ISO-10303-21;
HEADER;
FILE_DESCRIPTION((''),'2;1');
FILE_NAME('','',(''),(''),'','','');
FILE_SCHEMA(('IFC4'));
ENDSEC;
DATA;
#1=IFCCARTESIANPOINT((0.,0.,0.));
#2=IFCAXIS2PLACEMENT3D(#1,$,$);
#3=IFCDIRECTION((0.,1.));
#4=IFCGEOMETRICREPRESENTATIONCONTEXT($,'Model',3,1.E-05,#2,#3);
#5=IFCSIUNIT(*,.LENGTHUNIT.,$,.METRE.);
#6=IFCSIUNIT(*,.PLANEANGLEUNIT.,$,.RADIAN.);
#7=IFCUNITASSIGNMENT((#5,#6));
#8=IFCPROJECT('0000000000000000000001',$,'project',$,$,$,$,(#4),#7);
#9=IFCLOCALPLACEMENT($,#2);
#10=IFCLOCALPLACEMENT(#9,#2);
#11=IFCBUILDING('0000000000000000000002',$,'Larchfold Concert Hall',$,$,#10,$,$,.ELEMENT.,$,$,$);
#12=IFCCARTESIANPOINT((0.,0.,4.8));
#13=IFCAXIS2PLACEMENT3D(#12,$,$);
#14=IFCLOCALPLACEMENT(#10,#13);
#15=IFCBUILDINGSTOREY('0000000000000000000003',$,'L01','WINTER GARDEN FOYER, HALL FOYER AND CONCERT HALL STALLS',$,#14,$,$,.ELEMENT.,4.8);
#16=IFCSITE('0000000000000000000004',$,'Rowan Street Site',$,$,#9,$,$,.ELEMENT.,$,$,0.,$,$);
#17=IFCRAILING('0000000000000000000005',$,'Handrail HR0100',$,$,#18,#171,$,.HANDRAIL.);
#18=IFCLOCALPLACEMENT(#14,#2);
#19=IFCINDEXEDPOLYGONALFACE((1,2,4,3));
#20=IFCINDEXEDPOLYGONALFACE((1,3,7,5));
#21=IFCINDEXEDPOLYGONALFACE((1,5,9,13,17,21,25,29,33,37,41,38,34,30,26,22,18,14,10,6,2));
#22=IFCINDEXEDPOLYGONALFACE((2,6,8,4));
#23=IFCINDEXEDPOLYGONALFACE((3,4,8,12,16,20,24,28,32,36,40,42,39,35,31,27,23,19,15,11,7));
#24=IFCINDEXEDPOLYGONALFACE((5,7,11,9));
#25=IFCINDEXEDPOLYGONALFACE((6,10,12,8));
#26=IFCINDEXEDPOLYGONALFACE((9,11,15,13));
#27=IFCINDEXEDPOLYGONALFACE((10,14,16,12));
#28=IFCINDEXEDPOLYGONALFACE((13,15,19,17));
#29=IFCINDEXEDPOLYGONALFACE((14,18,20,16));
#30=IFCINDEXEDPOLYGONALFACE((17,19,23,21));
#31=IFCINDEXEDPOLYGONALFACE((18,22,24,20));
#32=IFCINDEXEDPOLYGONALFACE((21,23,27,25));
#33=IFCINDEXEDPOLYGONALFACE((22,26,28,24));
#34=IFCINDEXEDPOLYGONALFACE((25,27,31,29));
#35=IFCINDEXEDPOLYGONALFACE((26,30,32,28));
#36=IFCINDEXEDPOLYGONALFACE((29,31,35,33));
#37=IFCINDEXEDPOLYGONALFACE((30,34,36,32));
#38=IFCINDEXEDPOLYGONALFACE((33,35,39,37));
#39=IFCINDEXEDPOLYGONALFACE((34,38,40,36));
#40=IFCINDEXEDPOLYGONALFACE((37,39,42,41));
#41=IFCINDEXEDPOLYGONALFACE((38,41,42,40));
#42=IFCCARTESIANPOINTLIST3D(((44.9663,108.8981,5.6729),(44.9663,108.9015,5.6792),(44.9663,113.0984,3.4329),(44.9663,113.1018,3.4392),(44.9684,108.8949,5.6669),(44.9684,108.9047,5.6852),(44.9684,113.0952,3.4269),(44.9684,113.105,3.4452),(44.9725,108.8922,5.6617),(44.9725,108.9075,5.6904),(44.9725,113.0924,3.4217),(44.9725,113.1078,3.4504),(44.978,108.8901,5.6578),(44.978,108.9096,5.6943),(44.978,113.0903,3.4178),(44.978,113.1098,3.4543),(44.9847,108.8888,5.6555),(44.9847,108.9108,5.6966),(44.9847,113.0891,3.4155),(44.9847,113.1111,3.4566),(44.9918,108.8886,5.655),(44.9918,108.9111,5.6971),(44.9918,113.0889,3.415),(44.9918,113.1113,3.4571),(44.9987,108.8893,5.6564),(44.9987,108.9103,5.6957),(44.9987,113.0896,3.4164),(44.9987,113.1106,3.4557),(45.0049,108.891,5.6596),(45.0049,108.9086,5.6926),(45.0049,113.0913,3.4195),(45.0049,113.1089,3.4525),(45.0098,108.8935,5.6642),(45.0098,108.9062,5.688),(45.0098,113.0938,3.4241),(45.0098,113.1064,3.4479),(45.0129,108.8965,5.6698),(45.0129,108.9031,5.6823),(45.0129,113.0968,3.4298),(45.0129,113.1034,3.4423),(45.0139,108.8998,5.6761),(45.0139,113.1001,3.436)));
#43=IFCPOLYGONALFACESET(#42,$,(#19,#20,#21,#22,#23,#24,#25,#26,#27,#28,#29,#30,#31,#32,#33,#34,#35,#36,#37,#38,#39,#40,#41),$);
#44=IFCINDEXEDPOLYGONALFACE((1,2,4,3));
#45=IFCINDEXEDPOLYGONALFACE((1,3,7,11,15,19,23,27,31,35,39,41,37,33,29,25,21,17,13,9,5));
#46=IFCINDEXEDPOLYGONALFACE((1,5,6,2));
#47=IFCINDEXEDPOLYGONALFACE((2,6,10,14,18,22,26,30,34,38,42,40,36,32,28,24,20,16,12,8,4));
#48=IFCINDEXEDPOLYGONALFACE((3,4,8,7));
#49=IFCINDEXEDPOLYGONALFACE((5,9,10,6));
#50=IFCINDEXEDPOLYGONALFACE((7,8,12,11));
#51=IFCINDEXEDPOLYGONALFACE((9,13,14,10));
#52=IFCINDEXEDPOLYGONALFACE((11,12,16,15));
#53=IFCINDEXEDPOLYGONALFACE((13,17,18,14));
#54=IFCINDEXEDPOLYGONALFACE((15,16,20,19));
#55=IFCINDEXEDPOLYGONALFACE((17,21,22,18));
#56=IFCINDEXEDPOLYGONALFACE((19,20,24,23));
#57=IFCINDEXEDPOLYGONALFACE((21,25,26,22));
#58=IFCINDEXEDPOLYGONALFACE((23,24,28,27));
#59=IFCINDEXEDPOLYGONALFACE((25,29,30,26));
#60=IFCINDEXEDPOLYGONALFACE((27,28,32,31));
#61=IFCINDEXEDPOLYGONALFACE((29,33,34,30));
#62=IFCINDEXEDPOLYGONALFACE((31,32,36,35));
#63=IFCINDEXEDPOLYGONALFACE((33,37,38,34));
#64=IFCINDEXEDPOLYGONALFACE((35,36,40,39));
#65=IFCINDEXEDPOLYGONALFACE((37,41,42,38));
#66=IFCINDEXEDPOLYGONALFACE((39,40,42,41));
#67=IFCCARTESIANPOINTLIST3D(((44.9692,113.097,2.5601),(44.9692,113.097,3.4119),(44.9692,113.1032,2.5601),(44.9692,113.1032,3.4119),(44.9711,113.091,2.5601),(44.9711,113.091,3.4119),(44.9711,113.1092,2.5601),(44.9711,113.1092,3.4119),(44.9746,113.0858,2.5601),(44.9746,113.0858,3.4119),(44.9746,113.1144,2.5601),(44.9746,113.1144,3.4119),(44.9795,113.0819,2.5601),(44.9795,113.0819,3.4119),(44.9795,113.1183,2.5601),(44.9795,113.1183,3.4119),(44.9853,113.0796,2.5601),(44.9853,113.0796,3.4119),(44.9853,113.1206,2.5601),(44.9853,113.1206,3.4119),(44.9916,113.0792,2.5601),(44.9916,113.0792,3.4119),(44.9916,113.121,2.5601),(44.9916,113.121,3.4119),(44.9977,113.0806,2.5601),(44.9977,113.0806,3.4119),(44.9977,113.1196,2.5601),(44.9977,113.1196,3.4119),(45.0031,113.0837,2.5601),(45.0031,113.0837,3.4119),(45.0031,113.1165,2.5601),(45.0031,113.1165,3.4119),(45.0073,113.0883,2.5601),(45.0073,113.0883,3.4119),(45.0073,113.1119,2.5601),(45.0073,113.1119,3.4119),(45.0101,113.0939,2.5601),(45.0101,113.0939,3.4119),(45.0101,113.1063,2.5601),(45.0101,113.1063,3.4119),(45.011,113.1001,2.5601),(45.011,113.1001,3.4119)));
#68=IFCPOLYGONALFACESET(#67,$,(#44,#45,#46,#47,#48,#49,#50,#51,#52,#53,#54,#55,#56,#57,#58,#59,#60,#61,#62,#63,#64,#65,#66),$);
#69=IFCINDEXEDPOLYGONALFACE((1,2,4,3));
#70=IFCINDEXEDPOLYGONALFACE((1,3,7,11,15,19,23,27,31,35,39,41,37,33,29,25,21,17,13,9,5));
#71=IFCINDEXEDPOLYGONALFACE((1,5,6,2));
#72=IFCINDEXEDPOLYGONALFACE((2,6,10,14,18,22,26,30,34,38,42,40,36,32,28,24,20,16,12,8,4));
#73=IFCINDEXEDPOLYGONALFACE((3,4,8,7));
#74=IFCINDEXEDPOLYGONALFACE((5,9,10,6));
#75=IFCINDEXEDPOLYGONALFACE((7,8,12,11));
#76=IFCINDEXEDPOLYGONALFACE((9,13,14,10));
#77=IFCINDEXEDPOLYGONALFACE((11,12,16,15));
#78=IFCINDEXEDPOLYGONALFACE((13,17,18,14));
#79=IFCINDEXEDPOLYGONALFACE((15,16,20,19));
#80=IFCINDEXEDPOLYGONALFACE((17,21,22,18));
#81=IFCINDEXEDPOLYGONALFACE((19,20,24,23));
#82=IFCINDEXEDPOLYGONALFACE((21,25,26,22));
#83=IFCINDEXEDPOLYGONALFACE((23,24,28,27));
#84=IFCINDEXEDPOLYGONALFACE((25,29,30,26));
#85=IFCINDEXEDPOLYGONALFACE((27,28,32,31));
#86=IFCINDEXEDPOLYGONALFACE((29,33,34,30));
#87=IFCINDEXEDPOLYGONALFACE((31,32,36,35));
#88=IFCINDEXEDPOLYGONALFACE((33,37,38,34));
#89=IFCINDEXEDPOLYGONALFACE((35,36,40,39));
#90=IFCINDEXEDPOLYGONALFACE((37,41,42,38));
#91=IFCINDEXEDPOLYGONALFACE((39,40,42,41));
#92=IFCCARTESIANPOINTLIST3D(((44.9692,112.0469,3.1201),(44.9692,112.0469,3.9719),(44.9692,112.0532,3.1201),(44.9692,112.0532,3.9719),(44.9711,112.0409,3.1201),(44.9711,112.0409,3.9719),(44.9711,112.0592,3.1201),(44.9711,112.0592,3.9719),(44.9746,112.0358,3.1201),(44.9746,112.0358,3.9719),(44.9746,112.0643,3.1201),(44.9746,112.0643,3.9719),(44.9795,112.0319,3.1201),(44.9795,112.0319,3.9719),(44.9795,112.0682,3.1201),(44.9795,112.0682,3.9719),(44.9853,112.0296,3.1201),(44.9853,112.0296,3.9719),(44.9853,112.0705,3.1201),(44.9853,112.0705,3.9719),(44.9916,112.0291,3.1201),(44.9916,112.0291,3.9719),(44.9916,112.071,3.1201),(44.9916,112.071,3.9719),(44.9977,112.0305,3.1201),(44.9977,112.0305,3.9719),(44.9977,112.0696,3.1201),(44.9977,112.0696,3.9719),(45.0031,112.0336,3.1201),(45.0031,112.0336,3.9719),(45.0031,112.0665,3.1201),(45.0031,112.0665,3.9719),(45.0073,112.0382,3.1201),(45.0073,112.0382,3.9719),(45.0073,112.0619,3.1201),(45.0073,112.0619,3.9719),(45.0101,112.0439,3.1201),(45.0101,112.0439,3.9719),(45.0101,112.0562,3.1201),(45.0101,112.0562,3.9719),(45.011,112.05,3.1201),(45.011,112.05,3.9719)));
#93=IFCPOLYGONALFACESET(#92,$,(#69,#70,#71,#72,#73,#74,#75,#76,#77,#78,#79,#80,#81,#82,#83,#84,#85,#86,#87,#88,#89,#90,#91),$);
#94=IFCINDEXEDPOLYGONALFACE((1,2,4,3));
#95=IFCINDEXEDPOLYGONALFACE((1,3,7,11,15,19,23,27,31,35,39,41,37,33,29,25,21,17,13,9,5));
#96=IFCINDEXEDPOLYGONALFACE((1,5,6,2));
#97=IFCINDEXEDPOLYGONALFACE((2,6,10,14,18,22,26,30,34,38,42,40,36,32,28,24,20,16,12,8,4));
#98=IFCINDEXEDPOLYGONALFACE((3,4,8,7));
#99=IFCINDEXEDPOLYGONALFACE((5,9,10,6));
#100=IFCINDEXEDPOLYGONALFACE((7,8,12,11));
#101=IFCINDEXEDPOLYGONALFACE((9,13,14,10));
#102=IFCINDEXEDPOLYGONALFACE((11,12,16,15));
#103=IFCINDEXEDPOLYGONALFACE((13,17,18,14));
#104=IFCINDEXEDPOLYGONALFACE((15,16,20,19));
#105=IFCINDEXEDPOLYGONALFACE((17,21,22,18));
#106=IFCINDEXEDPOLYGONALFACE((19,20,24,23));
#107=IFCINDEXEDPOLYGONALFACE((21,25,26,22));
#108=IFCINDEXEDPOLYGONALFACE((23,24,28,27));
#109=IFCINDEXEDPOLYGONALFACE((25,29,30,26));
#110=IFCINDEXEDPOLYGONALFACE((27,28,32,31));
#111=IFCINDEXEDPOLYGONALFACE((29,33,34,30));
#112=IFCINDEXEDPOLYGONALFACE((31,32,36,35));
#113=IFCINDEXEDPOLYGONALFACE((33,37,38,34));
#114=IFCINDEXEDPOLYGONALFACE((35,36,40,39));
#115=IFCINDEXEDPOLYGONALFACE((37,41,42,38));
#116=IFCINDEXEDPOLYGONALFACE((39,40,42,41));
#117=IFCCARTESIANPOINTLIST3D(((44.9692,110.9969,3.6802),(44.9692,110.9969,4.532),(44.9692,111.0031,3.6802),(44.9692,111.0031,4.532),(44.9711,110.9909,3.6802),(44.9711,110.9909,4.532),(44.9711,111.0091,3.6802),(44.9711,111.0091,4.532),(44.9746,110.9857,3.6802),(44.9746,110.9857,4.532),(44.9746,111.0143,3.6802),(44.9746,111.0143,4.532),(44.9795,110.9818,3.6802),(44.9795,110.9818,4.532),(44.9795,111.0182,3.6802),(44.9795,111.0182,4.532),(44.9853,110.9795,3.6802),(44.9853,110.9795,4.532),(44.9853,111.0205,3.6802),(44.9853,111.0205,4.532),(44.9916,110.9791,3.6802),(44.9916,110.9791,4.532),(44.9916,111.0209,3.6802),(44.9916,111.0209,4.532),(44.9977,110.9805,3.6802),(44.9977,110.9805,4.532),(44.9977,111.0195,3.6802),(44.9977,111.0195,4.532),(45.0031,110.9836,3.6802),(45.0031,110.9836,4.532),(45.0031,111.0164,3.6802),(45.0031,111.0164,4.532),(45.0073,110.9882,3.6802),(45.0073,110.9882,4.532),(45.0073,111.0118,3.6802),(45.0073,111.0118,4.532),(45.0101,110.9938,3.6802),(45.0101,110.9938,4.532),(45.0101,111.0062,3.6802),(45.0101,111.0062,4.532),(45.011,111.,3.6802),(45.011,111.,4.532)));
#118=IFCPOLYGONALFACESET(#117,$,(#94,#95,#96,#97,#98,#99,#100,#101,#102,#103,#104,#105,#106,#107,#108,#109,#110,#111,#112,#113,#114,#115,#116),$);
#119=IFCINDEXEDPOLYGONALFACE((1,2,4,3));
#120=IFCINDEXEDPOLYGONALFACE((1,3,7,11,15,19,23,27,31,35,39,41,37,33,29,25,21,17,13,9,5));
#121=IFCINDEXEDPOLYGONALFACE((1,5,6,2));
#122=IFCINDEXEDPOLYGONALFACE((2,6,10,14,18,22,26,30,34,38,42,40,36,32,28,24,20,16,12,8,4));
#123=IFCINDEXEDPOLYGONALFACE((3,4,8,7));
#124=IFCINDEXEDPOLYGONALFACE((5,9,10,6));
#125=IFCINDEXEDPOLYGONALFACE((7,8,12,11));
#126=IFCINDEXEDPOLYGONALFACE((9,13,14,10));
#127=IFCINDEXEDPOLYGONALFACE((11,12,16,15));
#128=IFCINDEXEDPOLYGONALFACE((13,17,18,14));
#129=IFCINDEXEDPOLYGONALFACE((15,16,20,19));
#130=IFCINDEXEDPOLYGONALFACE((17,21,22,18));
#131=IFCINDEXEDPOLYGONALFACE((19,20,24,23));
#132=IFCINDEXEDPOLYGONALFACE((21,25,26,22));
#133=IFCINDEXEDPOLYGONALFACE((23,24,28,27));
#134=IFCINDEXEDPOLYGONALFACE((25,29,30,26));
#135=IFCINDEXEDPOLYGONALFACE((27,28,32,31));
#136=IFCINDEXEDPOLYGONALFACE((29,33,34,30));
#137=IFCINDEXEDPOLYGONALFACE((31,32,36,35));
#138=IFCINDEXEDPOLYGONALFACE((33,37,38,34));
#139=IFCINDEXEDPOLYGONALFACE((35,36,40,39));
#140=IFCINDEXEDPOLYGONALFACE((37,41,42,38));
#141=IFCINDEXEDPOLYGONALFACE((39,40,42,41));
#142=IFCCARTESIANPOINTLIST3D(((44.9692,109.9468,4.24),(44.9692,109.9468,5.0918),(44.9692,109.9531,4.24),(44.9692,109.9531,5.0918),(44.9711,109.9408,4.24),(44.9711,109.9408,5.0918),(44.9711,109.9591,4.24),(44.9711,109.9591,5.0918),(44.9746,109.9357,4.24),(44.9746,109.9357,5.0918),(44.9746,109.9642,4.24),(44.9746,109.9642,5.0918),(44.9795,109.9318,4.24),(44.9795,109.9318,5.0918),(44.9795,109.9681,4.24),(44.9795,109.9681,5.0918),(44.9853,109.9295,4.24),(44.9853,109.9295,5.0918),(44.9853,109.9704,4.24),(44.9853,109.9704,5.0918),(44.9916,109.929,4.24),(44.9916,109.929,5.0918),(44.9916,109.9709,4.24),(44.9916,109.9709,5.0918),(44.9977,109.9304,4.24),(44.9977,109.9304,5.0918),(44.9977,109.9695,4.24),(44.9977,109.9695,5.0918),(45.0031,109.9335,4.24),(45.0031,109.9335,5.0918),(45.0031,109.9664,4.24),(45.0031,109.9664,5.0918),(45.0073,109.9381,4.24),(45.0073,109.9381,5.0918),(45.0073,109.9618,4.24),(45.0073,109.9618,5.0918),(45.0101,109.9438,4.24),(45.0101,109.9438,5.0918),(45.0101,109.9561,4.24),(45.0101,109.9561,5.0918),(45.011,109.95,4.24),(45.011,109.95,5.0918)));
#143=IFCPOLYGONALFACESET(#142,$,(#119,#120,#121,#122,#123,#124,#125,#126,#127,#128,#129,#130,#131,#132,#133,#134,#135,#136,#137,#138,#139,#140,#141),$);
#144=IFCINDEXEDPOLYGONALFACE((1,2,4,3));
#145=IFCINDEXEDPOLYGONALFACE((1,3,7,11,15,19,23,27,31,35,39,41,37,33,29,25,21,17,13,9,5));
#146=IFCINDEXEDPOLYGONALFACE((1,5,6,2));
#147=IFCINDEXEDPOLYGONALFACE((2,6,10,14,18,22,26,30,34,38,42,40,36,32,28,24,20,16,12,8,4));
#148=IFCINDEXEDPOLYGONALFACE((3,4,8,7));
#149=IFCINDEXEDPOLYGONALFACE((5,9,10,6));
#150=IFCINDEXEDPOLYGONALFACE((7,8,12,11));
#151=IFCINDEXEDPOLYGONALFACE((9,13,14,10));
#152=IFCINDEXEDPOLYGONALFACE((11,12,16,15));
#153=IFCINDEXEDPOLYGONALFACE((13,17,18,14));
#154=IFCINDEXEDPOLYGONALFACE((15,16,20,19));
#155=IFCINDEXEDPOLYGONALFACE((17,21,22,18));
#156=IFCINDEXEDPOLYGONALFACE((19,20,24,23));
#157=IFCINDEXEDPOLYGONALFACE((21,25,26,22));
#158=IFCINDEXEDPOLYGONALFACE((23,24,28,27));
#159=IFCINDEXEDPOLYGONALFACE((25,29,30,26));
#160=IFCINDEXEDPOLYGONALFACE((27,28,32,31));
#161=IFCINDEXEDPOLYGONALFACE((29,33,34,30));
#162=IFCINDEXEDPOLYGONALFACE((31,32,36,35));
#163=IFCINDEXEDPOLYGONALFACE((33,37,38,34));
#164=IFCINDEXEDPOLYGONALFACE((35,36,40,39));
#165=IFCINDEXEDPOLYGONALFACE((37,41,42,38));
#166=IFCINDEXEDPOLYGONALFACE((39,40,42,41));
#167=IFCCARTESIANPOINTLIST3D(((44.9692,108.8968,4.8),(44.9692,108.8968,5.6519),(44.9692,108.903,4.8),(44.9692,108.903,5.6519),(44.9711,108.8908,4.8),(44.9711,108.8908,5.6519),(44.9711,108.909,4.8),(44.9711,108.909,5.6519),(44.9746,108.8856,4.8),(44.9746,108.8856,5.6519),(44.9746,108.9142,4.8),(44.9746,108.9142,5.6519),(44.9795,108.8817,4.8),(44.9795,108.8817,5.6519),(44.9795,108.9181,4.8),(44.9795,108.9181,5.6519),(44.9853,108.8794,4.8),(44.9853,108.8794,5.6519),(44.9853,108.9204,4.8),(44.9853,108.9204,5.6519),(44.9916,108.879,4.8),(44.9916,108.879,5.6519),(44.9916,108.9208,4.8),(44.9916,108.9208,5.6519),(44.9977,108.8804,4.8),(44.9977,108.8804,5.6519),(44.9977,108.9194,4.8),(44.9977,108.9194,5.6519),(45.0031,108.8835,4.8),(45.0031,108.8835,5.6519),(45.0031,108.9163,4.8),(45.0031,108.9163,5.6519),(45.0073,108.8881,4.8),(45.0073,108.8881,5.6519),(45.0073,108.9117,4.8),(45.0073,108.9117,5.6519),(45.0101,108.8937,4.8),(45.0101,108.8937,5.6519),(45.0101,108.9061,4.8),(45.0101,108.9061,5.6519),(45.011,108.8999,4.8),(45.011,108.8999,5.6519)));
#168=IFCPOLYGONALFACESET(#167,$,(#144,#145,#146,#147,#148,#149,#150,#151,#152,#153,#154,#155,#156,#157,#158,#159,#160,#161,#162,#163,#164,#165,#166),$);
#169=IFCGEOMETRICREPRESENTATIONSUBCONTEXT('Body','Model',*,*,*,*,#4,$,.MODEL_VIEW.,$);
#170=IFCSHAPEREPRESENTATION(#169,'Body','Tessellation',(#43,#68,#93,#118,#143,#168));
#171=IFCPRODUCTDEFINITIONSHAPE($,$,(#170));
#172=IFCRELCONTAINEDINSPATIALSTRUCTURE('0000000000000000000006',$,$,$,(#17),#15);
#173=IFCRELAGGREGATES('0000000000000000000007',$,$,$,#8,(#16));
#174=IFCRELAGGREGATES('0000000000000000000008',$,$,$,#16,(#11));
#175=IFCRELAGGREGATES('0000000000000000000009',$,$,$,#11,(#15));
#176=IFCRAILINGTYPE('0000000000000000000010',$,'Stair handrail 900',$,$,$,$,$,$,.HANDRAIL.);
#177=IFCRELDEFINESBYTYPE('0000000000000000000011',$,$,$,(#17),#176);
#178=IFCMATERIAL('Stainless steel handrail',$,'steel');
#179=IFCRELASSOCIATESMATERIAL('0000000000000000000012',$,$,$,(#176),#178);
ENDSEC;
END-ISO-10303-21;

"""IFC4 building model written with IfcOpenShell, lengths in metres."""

from ifc_helpers import new_model, si_unit, direction, frame, origin, origin_2d, place, context, subcontext, project, spatial, circle, extrude, material, type_object, element, save


model = new_model("IFC4")

# Units and contexts
model_context = context("Model", 3, precision=1e-05, world=origin(), true_north=direction((0.0, 1.0)))
body_context = subcontext(model_context, "Body", "Model", "MODEL_VIEW")
ifc_project = project(units=[si_unit("LENGTHUNIT", "METRE"), si_unit("PLANEANGLEUNIT", "RADIAN")], contexts=[model_context])

# Site, building, storey
site_placement = place(None, origin())
site = spatial("IfcSite", under=ifc_project, at=site_placement, Name="Rowan Street Site", CompositionType="ELEMENT", RefElevation=0.0)
building_placement = place(site_placement, origin())
building = spatial("IfcBuilding", under=site, at=building_placement, Name="Larchfold Concert Hall", CompositionType="ELEMENT")
storey_placement = place(building_placement, frame((0.0, 0.0, 4.8)))
storey = spatial("IfcBuildingStorey", under=building, at=storey_placement, Name="L01", Description="WINTER GARDEN FOYER, HALL FOYER AND CONCERT HALL STALLS", CompositionType="ELEMENT", Elevation=4.8)

# Railing
ifc_material_1 = material(Name="Stainless steel handrail", Category="steel")
railing_type_1 = type_object("IfcRailingType", Name="Stair handrail 900", PredefinedType="HANDRAIL", material=ifc_material_1)
railing_1_placement = place(storey_placement, frame((44.99, 113.1001, 2.5601)))
element("IfcRailing", 1, at=railing_1_placement, inside=storey, type_object=railing_type_1, Name="Handrail HR0100", PredefinedType="HANDRAIL", context=body_context, shape_type="SweptSolid", body=[
    extrude(circle(Radius=0.0239, at=origin_2d()), frame((0.0, 0.0, 0.876), z_axis=(0.0, -0.882363, 0.47057), x_axis=(1.0, 0.0, 0.0)), (0.0, 0.0, 1.0), 4.7603),
    extrude(circle(Radius=0.021, at=origin_2d()), origin(), (0.0, 0.0, 1.0), 0.8518),
    extrude(circle(Radius=0.021, at=origin_2d()), frame((0.0, -1.05, 0.5601)), (0.0, 0.0, 1.0), 0.8518),
    extrude(circle(Radius=0.021, at=origin_2d()), frame((0.0, -2.1001, 1.1201)), (0.0, 0.0, 1.0), 0.8518),
    extrude(circle(Radius=0.021, at=origin_2d()), frame((0.0, -3.1501, 1.6799)), (0.0, 0.0, 1.0), 0.8518),
    extrude(circle(Radius=0.021, at=origin_2d()), frame((0.0, -4.2002, 2.24)), (0.0, 0.0, 1.0), 0.8518),
])

save(model, "model.ifc")
